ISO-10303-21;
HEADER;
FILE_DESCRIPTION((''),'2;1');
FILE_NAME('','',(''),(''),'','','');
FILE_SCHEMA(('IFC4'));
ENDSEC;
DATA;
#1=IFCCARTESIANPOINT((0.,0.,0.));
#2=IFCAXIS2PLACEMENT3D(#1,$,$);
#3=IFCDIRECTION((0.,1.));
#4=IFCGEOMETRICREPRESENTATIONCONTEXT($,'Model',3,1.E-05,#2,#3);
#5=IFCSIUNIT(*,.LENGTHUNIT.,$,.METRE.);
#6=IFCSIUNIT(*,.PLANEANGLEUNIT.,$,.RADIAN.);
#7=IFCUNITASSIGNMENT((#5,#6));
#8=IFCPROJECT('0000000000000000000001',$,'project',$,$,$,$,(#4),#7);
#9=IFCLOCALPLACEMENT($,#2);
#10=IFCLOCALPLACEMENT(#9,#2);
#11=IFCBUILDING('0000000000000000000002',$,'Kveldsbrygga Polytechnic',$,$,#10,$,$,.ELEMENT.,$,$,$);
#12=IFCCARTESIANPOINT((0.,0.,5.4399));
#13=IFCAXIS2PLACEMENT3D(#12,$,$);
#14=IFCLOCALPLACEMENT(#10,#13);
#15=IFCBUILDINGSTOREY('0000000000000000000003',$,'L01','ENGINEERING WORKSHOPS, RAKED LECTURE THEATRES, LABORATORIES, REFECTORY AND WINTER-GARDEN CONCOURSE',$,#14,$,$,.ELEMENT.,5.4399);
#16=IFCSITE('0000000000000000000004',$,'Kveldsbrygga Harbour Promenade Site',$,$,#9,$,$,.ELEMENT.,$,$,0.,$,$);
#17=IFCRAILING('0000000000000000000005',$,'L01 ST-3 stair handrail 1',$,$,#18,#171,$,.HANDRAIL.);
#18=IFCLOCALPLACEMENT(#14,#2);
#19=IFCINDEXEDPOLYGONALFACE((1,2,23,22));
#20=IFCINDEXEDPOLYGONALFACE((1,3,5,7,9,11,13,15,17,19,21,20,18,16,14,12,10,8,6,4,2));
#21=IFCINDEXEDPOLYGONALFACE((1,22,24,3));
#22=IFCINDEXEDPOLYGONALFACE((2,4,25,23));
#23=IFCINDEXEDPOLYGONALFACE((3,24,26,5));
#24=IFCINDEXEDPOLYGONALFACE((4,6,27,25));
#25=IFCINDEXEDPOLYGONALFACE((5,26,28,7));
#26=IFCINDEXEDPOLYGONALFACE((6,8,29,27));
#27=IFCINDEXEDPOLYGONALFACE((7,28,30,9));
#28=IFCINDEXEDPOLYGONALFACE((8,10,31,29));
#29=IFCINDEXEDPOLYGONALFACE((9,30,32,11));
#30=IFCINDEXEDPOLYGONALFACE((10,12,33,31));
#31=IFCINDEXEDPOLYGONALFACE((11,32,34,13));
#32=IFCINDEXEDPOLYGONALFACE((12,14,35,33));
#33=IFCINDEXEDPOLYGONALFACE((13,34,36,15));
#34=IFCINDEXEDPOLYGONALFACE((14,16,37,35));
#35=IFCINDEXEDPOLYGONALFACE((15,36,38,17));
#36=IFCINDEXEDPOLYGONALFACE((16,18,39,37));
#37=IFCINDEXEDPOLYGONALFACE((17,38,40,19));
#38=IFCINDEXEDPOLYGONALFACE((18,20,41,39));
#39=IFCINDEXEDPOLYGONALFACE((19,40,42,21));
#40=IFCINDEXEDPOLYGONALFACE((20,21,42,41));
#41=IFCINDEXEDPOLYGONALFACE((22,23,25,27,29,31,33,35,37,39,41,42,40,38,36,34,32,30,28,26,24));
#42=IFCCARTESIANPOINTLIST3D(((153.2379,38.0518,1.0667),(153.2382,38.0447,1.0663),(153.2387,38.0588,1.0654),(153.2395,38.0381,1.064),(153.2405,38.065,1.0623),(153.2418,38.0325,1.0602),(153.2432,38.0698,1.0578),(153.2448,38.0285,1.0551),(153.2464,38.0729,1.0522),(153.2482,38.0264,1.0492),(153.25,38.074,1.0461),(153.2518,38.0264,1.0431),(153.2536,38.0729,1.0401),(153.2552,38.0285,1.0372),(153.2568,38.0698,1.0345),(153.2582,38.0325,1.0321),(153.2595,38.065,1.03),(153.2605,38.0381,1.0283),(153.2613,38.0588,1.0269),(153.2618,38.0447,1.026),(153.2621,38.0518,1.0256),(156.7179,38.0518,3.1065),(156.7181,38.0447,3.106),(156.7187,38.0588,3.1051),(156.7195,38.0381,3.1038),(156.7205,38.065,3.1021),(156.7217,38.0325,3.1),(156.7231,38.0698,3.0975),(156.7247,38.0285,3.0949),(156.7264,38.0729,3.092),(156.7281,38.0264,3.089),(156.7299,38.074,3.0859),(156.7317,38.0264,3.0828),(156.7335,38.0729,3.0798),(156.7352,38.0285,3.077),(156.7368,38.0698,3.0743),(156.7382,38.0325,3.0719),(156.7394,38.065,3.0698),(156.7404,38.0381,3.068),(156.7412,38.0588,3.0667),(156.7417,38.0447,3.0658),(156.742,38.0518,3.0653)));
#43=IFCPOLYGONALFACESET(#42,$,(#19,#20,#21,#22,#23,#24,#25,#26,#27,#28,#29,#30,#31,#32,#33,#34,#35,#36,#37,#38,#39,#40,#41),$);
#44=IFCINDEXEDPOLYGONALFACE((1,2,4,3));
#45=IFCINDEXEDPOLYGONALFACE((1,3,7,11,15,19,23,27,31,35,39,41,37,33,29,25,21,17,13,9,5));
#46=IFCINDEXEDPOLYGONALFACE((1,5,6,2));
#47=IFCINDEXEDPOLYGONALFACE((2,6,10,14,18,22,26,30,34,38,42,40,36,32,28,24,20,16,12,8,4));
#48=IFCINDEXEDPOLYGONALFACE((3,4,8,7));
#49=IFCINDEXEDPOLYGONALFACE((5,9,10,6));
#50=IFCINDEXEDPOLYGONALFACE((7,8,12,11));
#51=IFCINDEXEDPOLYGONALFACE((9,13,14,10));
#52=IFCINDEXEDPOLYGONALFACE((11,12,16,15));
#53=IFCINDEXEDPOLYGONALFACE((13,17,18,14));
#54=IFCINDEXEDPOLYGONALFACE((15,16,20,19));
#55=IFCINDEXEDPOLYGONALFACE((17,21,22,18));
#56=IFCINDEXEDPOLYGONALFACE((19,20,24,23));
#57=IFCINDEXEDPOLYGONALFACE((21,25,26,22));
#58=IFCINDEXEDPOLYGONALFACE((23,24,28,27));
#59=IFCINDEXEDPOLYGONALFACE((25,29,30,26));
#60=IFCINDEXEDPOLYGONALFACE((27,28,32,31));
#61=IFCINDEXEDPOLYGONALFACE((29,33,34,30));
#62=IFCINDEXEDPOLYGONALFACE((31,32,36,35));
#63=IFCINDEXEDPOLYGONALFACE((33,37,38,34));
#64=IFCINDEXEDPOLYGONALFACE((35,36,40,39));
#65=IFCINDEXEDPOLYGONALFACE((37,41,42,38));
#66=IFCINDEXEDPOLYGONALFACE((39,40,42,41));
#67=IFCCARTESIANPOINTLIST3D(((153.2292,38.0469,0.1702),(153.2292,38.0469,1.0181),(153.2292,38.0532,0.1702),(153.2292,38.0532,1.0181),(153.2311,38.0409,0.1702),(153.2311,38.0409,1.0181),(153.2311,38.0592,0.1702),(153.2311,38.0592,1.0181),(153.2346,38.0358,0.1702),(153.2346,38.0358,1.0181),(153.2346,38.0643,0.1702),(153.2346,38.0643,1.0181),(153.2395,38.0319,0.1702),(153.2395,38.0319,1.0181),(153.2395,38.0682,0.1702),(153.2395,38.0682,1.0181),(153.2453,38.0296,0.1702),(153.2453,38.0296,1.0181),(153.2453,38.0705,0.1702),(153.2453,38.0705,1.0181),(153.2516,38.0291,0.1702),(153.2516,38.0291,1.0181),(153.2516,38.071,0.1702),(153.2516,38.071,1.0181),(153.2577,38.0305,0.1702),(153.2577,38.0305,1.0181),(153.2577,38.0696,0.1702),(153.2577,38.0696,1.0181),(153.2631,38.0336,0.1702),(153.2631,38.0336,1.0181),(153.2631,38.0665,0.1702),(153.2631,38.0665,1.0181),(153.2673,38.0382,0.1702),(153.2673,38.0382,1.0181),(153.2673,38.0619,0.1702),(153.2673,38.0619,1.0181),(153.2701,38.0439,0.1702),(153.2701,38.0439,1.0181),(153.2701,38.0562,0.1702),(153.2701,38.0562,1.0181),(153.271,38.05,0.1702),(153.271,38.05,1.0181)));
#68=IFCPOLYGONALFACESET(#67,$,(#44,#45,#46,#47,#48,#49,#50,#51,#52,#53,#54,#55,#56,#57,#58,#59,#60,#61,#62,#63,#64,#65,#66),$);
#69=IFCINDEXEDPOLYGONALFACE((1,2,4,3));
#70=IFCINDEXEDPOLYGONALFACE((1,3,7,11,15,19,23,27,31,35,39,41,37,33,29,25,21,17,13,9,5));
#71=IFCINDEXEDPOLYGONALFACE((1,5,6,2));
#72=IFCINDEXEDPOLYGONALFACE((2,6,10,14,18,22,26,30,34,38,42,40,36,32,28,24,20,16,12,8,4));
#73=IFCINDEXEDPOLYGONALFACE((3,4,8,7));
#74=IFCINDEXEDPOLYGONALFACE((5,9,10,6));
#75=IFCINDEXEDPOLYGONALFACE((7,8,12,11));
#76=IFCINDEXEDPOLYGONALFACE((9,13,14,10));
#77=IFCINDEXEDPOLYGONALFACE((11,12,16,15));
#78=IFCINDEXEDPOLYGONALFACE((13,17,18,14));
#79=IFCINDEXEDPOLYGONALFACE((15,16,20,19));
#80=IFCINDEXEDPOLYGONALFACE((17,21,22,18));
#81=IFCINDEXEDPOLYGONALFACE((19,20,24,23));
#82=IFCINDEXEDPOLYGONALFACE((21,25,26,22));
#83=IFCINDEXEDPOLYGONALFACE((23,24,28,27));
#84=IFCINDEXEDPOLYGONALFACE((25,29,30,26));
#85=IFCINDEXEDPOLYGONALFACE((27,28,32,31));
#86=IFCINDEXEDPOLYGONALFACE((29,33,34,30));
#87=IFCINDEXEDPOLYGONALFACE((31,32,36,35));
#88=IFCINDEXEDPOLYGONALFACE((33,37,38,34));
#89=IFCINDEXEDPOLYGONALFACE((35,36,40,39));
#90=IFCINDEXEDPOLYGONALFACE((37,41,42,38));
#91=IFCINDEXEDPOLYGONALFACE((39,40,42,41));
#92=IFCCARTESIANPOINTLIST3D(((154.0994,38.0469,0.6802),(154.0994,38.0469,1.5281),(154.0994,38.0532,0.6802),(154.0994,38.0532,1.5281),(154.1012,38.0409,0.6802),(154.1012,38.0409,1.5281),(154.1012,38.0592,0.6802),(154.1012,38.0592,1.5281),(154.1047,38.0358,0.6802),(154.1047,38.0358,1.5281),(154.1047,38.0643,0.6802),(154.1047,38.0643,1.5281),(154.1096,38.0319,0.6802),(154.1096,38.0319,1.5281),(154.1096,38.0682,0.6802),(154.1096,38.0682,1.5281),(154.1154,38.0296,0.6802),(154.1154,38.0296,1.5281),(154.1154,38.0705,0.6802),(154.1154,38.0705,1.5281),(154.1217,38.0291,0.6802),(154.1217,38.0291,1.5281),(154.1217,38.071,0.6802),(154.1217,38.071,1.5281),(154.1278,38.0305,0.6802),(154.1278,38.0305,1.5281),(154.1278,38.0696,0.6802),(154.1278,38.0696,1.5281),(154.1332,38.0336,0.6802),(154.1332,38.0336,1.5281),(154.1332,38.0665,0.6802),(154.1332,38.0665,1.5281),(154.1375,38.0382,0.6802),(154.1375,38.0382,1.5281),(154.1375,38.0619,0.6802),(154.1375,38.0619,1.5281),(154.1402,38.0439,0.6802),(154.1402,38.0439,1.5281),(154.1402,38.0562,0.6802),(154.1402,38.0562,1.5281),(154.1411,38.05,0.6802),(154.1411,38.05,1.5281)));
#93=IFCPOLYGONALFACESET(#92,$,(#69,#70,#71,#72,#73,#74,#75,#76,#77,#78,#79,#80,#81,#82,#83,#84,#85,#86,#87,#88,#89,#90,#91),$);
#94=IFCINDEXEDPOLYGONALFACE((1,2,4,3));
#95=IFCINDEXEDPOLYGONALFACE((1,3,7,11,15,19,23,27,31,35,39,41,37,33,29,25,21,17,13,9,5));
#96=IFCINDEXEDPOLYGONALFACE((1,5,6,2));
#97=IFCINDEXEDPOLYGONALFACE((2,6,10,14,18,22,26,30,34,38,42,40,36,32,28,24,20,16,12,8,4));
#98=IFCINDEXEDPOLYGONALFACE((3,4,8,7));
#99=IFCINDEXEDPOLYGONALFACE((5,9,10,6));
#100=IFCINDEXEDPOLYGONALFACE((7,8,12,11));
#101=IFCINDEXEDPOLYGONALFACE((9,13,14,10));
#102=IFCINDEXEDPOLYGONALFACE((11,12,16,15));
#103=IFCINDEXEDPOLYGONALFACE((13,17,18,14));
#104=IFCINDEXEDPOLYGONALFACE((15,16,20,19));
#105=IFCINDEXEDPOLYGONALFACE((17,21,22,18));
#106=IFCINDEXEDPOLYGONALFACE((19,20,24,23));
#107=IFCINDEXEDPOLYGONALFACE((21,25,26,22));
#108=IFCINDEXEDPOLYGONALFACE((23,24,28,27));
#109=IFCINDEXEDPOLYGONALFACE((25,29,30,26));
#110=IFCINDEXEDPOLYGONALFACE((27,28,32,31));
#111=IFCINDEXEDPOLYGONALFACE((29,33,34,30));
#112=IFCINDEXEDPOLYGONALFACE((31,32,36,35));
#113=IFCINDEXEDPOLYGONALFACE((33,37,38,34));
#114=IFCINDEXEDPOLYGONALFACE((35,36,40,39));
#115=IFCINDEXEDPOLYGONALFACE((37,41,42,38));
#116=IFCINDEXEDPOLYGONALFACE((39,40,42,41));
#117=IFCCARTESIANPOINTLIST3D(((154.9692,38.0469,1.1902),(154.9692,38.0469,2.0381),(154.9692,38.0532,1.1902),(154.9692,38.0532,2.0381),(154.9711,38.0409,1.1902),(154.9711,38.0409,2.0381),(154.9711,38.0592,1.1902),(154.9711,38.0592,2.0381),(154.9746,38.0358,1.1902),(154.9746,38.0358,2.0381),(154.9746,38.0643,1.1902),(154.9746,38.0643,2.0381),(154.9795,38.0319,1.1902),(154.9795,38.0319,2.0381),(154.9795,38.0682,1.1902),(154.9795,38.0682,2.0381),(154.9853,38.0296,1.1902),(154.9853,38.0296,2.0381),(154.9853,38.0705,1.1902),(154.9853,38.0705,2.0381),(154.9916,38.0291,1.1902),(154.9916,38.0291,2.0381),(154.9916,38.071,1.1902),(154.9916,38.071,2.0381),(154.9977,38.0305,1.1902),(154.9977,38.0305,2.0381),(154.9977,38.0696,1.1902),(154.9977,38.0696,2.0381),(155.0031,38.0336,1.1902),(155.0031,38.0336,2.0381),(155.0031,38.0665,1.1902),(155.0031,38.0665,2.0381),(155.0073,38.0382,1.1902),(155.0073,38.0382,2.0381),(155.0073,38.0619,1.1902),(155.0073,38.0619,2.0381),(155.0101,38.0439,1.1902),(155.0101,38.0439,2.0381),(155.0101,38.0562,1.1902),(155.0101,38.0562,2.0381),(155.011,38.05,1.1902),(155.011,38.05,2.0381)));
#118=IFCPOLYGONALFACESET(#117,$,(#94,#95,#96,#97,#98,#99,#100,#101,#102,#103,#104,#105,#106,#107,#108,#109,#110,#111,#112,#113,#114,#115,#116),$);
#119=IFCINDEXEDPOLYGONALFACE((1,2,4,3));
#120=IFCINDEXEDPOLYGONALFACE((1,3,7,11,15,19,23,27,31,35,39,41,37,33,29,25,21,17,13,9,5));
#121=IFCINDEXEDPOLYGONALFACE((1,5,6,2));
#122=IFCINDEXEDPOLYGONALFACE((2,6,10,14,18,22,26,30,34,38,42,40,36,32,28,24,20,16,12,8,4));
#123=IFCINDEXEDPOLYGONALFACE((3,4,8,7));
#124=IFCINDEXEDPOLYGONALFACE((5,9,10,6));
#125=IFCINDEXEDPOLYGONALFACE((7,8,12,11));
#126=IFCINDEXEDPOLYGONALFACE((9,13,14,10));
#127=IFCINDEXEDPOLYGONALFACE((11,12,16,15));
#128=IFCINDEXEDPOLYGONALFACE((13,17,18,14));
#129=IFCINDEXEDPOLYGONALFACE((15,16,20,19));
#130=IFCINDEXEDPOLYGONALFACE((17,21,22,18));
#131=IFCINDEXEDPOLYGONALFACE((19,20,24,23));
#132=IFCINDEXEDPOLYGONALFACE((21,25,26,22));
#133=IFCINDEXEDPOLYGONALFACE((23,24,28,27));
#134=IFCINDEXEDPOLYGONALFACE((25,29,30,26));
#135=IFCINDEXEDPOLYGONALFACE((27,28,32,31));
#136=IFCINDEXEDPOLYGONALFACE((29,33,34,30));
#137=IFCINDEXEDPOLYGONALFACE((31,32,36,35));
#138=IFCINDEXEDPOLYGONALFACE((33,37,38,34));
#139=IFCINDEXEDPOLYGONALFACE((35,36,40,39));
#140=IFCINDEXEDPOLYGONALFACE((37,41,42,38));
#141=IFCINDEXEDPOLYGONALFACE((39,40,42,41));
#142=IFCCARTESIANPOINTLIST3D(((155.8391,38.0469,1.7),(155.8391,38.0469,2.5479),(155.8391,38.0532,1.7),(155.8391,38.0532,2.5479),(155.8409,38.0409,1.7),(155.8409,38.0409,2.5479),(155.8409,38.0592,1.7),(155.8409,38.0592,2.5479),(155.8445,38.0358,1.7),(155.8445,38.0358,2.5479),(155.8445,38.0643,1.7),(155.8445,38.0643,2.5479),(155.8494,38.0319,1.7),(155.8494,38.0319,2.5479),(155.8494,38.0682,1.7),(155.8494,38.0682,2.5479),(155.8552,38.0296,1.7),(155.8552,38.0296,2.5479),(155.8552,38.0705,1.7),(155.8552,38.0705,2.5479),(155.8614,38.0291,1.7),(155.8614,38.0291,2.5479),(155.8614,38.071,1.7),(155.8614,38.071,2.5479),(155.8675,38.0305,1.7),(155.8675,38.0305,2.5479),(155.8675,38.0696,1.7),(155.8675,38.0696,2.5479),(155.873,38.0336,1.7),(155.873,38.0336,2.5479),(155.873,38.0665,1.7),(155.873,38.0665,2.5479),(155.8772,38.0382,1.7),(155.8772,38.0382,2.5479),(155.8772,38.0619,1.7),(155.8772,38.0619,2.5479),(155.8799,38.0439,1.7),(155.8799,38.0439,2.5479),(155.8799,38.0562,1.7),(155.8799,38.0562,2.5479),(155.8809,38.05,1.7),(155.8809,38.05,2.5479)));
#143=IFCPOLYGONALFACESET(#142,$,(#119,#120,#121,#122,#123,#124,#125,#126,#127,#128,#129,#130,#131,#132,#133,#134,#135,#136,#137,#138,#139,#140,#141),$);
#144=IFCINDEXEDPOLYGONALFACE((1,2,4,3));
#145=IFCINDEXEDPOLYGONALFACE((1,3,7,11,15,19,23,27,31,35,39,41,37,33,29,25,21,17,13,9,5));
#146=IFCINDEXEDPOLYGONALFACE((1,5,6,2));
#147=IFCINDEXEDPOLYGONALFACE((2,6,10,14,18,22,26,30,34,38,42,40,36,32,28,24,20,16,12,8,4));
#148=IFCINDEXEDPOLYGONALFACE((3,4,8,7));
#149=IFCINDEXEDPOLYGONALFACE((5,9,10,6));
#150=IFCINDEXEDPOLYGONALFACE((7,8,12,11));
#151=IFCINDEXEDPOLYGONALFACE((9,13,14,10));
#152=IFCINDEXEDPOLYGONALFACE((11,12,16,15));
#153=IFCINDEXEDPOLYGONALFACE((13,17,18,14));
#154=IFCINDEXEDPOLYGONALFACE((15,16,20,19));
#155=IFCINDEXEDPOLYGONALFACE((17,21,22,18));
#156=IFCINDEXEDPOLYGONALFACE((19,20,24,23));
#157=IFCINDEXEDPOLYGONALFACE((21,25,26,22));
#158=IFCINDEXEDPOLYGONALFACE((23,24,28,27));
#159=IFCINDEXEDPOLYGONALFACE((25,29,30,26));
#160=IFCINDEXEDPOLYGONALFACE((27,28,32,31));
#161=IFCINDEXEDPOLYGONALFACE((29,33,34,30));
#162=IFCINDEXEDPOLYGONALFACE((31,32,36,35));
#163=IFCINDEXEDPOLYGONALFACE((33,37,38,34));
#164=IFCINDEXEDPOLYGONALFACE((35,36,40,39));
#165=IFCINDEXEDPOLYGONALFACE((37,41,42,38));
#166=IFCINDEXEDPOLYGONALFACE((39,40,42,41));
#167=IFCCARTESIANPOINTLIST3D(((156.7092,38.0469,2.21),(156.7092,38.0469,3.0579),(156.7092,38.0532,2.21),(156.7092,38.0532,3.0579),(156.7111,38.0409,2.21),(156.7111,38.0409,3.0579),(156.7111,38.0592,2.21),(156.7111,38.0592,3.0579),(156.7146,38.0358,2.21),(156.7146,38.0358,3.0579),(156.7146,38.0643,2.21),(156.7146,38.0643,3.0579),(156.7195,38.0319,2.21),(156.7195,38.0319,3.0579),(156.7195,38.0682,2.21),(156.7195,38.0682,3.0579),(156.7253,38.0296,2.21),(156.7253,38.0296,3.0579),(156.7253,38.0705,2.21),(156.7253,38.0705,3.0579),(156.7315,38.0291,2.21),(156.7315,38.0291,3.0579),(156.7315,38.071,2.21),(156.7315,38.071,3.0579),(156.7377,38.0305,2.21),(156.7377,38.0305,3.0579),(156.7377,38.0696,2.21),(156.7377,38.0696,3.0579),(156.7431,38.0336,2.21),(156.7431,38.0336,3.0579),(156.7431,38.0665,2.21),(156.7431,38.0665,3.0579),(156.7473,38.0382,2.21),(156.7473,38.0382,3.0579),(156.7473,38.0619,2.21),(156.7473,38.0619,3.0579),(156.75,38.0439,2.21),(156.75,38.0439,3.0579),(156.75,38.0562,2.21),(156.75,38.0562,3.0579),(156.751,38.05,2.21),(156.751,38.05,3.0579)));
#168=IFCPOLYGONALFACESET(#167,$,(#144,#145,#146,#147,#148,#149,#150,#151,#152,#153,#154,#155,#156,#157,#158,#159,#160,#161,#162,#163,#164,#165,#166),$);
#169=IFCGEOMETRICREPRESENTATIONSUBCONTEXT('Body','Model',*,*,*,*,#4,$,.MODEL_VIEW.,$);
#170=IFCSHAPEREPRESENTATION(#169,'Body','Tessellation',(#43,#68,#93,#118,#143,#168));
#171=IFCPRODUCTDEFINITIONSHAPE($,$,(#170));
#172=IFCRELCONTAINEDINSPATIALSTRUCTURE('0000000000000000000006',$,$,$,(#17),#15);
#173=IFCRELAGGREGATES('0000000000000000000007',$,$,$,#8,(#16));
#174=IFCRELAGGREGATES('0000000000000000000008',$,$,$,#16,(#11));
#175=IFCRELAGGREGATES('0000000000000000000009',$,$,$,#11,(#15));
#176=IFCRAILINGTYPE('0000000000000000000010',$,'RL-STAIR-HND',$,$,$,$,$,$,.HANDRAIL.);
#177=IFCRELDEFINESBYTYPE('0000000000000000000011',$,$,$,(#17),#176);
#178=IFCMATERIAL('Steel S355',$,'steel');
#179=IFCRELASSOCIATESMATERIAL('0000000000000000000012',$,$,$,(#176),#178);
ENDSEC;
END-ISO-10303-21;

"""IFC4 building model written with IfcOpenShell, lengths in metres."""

from ifc_helpers import new_model, si_unit, direction, frame, origin, origin_2d, place, context, subcontext, project, spatial, circle, extrude, material, type_object, element, save


model = new_model("IFC4")

# Units and contexts
model_context = context("Model", 3, precision=1e-05, world=origin(), true_north=direction((0.0, 1.0)))
body_context = subcontext(model_context, "Body", "Model", "MODEL_VIEW")
ifc_project = project(units=[si_unit("LENGTHUNIT", "METRE"), si_unit("PLANEANGLEUNIT", "RADIAN")], contexts=[model_context])

# Site, building, storey
site_placement = place(None, origin())
site = spatial("IfcSite", under=ifc_project, at=site_placement, Name="Kveldsbrygga Harbour Promenade Site", CompositionType="ELEMENT", RefElevation=0.0)
building_placement = place(site_placement, origin())
building = spatial("IfcBuilding", under=site, at=building_placement, Name="Kveldsbrygga Polytechnic", CompositionType="ELEMENT")
storey_placement = place(building_placement, frame((0.0, 0.0, 5.4399)))
storey = spatial("IfcBuildingStorey", under=building, at=storey_placement, Name="L01", Description="ENGINEERING WORKSHOPS, RAKED LECTURE THEATRES, LABORATORIES, REFECTORY AND WINTER-GARDEN CONCOURSE", CompositionType="ELEMENT", Elevation=5.4399)

# Railing
ifc_material_1 = material(Name="Steel S355", Category="steel")
railing_type_1 = type_object("IfcRailingType", Name="RL-STAIR-HND", PredefinedType="HANDRAIL", material=ifc_material_1)
railing_1_placement = place(storey_placement, frame((153.25, 38.05, 0.1702)))
element("IfcRailing", 1, at=railing_1_placement, inside=storey, type_object=railing_type_1, Name="L01 ST-3 stair handrail 1", PredefinedType="HANDRAIL", context=body_context, shape_type="SweptSolid", body=[
    extrude(circle(Radius=0.0239, at=origin_2d()), frame((0.0, 0.0, 0.876), z_axis=(0.862719, 0.0, 0.505684), x_axis=(0.0, 1.0, 0.0)), (0.0, 0.0, 1.0), 4.0337),
    extrude(circle(Radius=0.021, at=origin_2d()), origin(), (0.0, 0.0, 1.0), 0.8479),
    extrude(circle(Radius=0.021, at=origin_2d()), frame((0.8701, 0.0, 0.51)), (0.0, 0.0, 1.0), 0.8479),
    extrude(circle(Radius=0.021, at=origin_2d()), frame((1.74, 0.0, 1.02)), (0.0, 0.0, 1.0), 0.8479),
    extrude(circle(Radius=0.021, at=origin_2d()), frame((2.6099, 0.0, 1.5298)), (0.0, 0.0, 1.0), 0.8479),
    extrude(circle(Radius=0.021, at=origin_2d()), frame((3.48, 0.0, 2.0398)), (0.0, 0.0, 1.0), 0.8479),
])

save(model, "model.ifc")
